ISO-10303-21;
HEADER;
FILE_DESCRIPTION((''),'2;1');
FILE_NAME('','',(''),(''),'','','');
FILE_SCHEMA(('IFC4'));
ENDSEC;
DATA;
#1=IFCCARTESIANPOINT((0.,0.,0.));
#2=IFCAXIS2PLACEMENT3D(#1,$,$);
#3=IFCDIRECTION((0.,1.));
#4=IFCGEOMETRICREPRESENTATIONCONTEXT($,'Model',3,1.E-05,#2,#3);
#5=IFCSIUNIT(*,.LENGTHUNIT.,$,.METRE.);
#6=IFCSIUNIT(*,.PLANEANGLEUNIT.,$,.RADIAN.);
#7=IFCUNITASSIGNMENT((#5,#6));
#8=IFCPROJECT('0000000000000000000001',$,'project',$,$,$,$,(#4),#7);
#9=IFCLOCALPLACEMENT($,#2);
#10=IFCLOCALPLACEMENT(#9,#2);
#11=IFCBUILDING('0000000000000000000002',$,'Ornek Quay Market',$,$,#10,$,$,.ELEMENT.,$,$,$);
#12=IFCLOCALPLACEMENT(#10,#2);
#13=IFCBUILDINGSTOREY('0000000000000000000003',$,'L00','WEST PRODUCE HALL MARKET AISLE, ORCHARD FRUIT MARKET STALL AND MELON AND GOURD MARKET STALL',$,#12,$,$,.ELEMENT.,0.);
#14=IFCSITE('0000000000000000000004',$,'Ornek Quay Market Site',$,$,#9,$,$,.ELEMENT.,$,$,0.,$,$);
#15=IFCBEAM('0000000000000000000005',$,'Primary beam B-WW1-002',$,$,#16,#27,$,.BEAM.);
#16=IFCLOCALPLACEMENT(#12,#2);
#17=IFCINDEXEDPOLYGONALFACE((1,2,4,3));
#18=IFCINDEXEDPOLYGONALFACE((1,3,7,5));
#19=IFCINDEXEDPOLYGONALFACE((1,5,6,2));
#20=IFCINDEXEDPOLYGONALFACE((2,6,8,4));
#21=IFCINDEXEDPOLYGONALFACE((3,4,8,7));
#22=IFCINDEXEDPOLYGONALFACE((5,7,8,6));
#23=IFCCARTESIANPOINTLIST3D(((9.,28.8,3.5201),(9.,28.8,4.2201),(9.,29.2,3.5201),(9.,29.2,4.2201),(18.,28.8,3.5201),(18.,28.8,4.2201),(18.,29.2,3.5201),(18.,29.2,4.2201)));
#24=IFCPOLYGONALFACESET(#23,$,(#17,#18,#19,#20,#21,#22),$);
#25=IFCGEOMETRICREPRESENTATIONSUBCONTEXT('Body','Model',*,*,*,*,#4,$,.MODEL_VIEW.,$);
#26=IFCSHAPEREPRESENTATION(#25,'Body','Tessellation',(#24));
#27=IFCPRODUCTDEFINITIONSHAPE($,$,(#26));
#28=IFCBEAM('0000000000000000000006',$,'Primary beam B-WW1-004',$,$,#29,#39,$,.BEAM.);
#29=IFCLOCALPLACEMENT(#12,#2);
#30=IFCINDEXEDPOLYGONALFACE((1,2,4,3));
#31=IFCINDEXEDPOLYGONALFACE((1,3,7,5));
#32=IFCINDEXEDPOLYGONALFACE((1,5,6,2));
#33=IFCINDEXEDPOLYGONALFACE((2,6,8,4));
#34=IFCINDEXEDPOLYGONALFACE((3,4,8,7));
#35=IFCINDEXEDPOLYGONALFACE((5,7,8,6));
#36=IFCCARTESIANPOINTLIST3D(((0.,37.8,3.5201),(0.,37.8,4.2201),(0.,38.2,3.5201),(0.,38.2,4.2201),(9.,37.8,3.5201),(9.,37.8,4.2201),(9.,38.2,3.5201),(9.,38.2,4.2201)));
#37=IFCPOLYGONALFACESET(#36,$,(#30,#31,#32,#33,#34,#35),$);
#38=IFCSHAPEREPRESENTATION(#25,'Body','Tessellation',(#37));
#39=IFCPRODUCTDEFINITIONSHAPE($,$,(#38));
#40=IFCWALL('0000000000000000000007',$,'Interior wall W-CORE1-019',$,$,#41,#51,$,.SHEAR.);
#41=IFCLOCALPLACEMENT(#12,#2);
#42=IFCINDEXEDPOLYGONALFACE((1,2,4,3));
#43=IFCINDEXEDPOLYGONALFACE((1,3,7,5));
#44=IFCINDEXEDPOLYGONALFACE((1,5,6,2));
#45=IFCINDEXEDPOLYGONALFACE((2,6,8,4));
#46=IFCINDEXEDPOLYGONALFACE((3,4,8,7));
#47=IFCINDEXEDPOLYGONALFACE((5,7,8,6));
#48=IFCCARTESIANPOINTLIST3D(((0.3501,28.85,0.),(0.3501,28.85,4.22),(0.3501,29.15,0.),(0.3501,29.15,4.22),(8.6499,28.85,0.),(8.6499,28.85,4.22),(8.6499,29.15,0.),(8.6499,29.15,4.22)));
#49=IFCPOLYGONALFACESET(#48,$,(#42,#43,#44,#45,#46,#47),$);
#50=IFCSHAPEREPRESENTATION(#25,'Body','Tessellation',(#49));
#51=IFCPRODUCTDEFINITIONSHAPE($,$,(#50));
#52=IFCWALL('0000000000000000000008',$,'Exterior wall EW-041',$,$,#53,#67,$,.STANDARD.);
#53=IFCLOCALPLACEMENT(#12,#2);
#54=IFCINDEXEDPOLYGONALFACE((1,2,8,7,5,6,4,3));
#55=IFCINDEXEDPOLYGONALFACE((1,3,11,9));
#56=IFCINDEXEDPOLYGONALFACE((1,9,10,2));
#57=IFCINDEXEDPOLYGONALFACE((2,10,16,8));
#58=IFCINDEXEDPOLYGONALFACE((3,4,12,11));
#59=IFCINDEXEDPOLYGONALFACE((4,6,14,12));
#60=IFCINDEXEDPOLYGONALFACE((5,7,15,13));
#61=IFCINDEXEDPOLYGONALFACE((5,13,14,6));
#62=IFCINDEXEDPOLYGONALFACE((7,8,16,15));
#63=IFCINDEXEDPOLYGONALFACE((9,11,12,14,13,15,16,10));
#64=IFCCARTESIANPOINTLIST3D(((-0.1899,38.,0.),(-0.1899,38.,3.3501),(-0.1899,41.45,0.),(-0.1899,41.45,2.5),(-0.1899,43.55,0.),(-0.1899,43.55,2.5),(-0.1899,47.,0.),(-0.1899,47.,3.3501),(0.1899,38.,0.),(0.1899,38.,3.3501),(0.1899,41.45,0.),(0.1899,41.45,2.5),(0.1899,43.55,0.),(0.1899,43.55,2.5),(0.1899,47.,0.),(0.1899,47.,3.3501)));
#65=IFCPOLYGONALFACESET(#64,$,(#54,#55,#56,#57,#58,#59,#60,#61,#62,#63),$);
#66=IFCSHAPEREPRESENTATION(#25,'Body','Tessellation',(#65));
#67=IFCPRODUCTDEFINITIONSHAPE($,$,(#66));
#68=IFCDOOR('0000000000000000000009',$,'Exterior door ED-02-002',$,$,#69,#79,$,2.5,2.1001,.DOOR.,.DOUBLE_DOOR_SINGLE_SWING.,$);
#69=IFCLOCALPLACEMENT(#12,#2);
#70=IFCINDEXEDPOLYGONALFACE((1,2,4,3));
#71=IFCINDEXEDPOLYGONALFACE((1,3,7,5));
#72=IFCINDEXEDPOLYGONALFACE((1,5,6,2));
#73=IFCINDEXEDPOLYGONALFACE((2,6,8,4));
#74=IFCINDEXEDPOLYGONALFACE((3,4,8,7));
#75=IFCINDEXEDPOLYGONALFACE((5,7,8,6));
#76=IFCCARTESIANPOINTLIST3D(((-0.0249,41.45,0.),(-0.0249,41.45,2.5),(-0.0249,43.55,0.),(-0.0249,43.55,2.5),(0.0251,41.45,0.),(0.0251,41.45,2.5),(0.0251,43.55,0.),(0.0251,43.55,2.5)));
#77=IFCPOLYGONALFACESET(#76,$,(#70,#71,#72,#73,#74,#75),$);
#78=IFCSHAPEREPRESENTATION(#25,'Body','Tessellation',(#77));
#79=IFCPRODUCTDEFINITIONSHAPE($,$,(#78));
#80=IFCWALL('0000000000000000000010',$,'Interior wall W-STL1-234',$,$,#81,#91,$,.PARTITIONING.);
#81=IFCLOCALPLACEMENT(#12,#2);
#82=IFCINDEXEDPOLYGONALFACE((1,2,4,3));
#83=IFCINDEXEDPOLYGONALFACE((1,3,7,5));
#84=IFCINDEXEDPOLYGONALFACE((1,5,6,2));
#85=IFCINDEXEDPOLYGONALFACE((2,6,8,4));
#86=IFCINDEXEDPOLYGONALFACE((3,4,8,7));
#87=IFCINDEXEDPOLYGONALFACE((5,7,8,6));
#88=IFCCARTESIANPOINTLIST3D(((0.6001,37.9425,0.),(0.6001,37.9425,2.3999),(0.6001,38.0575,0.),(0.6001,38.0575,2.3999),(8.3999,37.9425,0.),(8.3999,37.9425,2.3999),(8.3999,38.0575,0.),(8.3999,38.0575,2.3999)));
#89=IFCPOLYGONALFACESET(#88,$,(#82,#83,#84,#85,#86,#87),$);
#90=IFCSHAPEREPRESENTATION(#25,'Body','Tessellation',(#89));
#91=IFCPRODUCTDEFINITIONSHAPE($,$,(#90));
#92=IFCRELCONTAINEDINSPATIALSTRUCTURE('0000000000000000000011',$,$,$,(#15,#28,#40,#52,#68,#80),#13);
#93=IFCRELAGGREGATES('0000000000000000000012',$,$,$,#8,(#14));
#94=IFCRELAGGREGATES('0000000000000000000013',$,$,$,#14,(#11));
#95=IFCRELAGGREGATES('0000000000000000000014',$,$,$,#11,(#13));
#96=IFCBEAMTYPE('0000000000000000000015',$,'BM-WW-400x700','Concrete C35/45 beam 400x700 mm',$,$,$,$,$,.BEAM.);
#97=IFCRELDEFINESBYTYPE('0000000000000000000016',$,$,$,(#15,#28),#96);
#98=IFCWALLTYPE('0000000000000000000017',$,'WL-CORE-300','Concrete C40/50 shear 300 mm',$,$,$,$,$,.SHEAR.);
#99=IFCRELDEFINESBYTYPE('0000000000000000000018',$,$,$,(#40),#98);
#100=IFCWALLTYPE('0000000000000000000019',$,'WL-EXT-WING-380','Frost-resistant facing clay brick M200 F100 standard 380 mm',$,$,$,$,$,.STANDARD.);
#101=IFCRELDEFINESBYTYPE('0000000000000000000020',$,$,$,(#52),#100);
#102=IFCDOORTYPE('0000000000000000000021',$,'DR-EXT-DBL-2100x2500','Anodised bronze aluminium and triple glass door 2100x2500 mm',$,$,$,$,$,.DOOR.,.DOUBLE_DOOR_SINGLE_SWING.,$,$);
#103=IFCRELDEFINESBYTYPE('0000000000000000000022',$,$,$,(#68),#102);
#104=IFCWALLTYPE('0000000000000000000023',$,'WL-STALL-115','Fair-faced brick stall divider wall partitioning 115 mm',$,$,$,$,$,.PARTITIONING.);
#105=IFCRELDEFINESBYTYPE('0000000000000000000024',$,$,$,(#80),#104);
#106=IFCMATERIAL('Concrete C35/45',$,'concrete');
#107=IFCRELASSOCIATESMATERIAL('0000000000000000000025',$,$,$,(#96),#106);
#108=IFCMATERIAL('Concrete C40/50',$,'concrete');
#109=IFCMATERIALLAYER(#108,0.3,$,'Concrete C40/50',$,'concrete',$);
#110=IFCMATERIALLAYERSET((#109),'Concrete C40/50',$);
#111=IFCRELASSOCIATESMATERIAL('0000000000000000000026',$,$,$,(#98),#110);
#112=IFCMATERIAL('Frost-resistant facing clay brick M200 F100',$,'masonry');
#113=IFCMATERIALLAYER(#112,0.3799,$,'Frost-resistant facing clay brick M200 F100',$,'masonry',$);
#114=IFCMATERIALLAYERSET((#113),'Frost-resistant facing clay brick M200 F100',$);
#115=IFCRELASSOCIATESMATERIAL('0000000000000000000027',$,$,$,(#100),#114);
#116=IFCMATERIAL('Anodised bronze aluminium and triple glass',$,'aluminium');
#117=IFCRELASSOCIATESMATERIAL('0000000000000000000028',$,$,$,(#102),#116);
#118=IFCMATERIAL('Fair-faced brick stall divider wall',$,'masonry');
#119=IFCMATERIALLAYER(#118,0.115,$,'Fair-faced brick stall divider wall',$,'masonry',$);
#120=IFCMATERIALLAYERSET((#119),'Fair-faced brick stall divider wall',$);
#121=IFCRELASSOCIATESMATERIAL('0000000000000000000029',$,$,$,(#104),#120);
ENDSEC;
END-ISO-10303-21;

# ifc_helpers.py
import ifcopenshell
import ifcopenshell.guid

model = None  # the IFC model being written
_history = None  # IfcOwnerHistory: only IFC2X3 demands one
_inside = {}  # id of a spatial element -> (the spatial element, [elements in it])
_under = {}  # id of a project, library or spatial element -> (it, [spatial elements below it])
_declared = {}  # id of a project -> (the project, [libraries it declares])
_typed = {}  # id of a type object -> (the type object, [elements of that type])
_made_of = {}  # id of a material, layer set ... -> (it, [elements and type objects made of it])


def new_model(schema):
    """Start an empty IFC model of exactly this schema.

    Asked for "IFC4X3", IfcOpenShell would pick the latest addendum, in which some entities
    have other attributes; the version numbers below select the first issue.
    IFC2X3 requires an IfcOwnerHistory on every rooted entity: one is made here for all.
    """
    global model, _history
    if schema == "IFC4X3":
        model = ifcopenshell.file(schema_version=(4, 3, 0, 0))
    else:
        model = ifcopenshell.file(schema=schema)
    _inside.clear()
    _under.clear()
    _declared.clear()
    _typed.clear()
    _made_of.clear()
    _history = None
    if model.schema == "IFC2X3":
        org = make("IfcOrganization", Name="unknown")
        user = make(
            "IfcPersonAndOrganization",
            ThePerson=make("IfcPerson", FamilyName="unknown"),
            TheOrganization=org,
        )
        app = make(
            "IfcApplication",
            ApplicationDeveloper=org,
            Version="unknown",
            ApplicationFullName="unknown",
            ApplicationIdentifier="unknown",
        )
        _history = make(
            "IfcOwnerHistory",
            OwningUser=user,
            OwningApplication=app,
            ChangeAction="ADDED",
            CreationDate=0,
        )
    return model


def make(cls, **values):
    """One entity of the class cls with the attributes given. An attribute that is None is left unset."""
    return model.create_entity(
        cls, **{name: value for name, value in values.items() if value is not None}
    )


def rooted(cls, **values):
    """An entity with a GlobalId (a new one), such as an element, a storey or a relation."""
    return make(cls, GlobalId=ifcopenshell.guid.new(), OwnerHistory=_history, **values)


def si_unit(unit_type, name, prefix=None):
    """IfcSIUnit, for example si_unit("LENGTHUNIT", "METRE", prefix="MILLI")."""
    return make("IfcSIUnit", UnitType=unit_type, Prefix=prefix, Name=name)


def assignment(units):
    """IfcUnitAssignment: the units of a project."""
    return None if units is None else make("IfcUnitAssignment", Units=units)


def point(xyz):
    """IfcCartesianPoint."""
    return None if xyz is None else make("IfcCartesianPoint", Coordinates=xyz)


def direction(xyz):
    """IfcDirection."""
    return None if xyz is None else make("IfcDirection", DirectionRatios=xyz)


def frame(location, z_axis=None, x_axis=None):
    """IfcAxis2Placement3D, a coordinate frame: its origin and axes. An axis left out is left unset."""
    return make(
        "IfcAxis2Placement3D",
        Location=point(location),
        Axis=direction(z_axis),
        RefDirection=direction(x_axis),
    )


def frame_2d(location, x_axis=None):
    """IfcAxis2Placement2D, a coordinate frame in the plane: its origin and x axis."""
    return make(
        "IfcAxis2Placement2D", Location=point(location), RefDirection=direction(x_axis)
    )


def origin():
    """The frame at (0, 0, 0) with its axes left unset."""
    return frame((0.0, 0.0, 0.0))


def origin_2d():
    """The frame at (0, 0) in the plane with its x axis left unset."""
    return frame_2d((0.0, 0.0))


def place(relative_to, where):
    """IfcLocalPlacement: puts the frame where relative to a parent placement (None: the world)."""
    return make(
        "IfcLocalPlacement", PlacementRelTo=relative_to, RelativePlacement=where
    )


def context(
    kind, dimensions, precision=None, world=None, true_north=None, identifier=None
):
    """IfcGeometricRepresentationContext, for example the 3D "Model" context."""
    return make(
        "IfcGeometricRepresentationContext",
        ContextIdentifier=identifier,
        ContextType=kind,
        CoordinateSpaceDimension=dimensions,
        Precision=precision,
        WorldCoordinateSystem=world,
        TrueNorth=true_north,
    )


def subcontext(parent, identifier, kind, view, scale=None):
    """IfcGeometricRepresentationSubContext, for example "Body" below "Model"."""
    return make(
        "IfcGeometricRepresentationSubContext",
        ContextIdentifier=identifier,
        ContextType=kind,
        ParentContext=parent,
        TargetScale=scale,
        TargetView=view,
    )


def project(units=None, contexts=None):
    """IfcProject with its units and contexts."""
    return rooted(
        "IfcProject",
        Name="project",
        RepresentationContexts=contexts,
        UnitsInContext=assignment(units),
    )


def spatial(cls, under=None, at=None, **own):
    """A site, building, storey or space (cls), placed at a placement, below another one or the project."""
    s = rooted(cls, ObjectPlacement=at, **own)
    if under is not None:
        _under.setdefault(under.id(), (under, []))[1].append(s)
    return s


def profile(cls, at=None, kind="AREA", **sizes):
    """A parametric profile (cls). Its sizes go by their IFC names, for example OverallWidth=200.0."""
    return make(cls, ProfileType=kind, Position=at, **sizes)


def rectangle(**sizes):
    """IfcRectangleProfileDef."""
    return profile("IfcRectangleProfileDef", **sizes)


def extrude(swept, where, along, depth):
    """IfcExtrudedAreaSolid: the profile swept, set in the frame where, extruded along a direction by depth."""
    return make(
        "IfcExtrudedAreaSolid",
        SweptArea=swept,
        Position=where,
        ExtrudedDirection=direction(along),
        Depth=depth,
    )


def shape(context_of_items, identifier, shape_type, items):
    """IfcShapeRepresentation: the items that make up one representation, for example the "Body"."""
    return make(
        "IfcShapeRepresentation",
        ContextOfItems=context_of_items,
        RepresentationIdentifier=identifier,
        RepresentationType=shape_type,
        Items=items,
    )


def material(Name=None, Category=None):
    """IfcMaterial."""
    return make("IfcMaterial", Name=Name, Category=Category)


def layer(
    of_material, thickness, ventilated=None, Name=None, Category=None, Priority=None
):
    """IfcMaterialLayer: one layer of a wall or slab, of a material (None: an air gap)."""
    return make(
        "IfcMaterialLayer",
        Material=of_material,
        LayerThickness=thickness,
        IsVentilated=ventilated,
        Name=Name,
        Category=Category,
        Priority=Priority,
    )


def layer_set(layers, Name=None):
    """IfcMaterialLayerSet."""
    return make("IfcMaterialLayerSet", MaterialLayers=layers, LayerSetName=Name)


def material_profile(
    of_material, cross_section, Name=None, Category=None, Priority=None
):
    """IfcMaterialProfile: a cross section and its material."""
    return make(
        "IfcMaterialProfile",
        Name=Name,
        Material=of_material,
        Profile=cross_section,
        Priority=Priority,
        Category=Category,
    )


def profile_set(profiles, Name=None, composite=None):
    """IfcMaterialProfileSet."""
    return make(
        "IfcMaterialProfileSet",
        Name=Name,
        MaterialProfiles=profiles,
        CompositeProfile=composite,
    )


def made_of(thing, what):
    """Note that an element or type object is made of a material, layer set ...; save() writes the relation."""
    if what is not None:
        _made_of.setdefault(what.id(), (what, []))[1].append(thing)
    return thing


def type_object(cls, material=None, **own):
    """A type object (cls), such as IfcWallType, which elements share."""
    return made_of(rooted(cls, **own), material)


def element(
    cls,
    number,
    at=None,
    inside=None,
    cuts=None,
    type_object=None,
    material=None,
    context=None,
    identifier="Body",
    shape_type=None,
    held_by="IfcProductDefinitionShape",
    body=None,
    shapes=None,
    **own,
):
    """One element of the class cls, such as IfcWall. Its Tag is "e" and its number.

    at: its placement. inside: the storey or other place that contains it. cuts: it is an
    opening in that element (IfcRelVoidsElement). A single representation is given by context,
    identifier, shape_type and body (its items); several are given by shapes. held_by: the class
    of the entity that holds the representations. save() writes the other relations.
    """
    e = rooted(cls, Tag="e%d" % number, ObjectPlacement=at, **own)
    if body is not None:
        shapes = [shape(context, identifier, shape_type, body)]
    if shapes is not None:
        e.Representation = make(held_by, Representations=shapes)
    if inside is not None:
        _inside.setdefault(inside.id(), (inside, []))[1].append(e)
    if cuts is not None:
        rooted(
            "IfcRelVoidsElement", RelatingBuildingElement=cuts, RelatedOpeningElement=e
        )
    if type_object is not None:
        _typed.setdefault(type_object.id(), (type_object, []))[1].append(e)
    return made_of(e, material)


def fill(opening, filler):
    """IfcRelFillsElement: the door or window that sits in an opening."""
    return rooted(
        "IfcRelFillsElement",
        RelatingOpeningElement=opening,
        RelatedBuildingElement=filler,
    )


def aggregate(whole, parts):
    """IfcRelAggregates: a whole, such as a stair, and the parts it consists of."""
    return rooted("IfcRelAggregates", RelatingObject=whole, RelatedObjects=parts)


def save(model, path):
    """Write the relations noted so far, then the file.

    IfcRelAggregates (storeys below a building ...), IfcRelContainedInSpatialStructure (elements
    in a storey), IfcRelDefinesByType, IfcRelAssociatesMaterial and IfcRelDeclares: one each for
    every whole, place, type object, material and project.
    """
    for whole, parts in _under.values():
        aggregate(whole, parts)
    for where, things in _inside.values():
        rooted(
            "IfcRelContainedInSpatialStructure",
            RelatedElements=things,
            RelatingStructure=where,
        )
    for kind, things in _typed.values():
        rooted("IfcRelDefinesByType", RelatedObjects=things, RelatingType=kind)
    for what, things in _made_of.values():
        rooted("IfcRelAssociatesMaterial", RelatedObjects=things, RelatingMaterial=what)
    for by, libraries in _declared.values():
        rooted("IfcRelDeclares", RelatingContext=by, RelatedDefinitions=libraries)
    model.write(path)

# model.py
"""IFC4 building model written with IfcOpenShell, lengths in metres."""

from ifc_helpers import new_model, si_unit, direction, frame, frame_2d, origin, origin_2d, place, context, subcontext, project, spatial, rectangle, extrude, material, layer, layer_set, material_profile, profile_set, type_object, element, fill, save


model = new_model("IFC4")

# Units and contexts
model_context = context("Model", 3, precision=1e-05, world=origin(), true_north=direction((0.0, 1.0)))
body_context = subcontext(model_context, "Body", "Model", "MODEL_VIEW")
ifc_project = project(units=[si_unit("LENGTHUNIT", "METRE"), si_unit("PLANEANGLEUNIT", "RADIAN")], contexts=[model_context])

# Site, building, storey
site_placement = place(None, origin())
site = spatial("IfcSite", under=ifc_project, at=site_placement, Name="Ornek Quay Market Site", CompositionType="ELEMENT", RefElevation=0.0)
building_placement = place(site_placement, origin())
building = spatial("IfcBuilding", under=site, at=building_placement, Name="Ornek Quay Market", CompositionType="ELEMENT")
storey_placement = place(building_placement, origin())
storey = spatial("IfcBuildingStorey", under=building, at=storey_placement, Name="L00", Description="WEST PRODUCE HALL MARKET AISLE, ORCHARD FRUIT MARKET STALL AND MELON AND GOURD MARKET STALL", CompositionType="ELEMENT", Elevation=0.0)

# Shared definitions
ifc_material_1 = material(Name="Concrete C35/45", Category="concrete")

# Shared definitions
ifc_material_2 = material(Name="Concrete C40/50", Category="concrete")

# Beams
ifc_material_profile_1 = material_profile(ifc_material_1, rectangle(XDim=0.3999, YDim=0.7, at=origin_2d()), Name="RC 400x700", Category="concrete")
ifc_profile_set_1 = profile_set([ifc_material_profile_1], Name="Concrete C35/45")
beam_type_1 = type_object("IfcBeamType", Name="BM-WW-400x700", Description="Concrete C35/45 beam 400x700 mm", PredefinedType="BEAM", material=ifc_profile_set_1)
for number, where, z_axis, x_axis, name in (
    (1, (9.0, 29.0, 3.8701), (1.0, 0.0, 0.0), (0.0, 1.0, 0.0), "Primary beam B-WW1-002"),
    (2, (0.0, 38.0, 3.8701), (1.0, 0.0, 0.0), (0.0, 1.0, 0.0), "Primary beam B-WW1-004"),
):
    element("IfcBeam", number, at=place(storey_placement, frame(where, z_axis=z_axis, x_axis=x_axis)), inside=storey, type_object=beam_type_1, Name=name, PredefinedType="BEAM", context=body_context, shape_type="SweptSolid", body=[
        extrude(rectangle(XDim=0.3999, YDim=0.7, at=origin_2d()), origin(), (0.0, 0.0, 1.0), 9.0),
    ])

# Wall
ifc_layer_1 = layer(ifc_material_2, 0.3, Name="Concrete C40/50", Category="concrete")
ifc_layer_set_1 = layer_set([ifc_layer_1], Name="Concrete C40/50")
wall_type_1 = type_object("IfcWallType", Name="WL-CORE-300", Description="Concrete C40/50 shear 300 mm", PredefinedType="SHEAR", material=ifc_layer_set_1)
wall_1_placement = place(storey_placement, frame((0.3501, 29.0, 0.0), z_axis=(0.0, 0.0, 1.0), x_axis=(1.0, 0.0, 0.0)))
element("IfcWall", 3, at=wall_1_placement, inside=storey, type_object=wall_type_1, Name="Interior wall W-CORE1-019", PredefinedType="SHEAR", context=body_context, shape_type="SweptSolid", body=[
    extrude(rectangle(XDim=8.2998, YDim=0.3, at=frame_2d((4.1499, 0.0))), origin(), (0.0, 0.0, 1.0), 4.22),
])

# Wall, opening, door
ifc_material_3 = material(Name="Frost-resistant facing clay brick M200 F100", Category="masonry")
ifc_layer_2 = layer(ifc_material_3, 0.3799, Name="Frost-resistant facing clay brick M200 F100", Category="masonry")
ifc_layer_set_2 = layer_set([ifc_layer_2], Name="Frost-resistant facing clay brick M200 F100")
wall_type_2 = type_object("IfcWallType", Name="WL-EXT-WING-380", Description="Frost-resistant facing clay brick M200 F100 standard 380 mm", PredefinedType="STANDARD", material=ifc_layer_set_2)
wall_2_placement = place(storey_placement, frame((0.0, 38.0, 0.0), z_axis=(0.0, 0.0, 1.0), x_axis=(0.0, 1.0, 0.0)))
wall_2 = element("IfcWall", 4, at=wall_2_placement, inside=storey, type_object=wall_type_2, Name="Exterior wall EW-041", PredefinedType="STANDARD", context=body_context, shape_type="SweptSolid", body=[
    extrude(rectangle(XDim=9.0, YDim=0.3799, at=frame_2d((4.5, 0.0))), origin(), (0.0, 0.0, 1.0), 3.3501),
])
opening_placement = place(wall_2_placement, frame((3.45, 0.0, 0.0)))
opening = element("IfcOpeningElement", 5, at=opening_placement, cuts=wall_2, PredefinedType="OPENING", context=body_context, shape_type="SweptSolid", body=[
    extrude(rectangle(XDim=2.1001, YDim=2.5, at=frame_2d((1.05, 1.25))), frame((0.0, 0.2, 0.0), z_axis=(0.0, -1.0, 0.0), x_axis=(1.0, 0.0, 0.0)), (0.0, 0.0, 1.0), 0.3999),
])
ifc_material_4 = material(Name="Anodised bronze aluminium and triple glass", Category="aluminium")
door_type = type_object("IfcDoorType", Name="DR-EXT-DBL-2100x2500", Description="Anodised bronze aluminium and triple glass door 2100x2500 mm", OperationType="DOUBLE_DOOR_SINGLE_SWING", PredefinedType="DOOR", material=ifc_material_4)
door_placement = place(opening_placement, origin())
door = element("IfcDoor", 6, at=door_placement, inside=storey, type_object=door_type, Name="Exterior door ED-02-002", OperationType="DOUBLE_DOOR_SINGLE_SWING", OverallHeight=2.5, OverallWidth=2.1001, PredefinedType="DOOR", context=body_context, shape_type="SweptSolid", body=[
    extrude(rectangle(XDim=2.1001, YDim=2.5, at=frame_2d((1.05, 1.25))), frame((0.0, 0.0249, 0.0), z_axis=(0.0, -1.0, 0.0), x_axis=(1.0, 0.0, 0.0)), (0.0, 0.0, 1.0), 0.05),
])
fill(opening, door)

# Wall
ifc_material_5 = material(Name="Fair-faced brick stall divider wall", Category="masonry")
ifc_layer_3 = layer(ifc_material_5, 0.115, Name="Fair-faced brick stall divider wall", Category="masonry")
ifc_layer_set_3 = layer_set([ifc_layer_3], Name="Fair-faced brick stall divider wall")
wall_type_3 = type_object("IfcWallType", Name="WL-STALL-115", Description="Fair-faced brick stall divider wall partitioning 115 mm", PredefinedType="PARTITIONING", material=ifc_layer_set_3)
wall_3_placement = place(storey_placement, frame((0.6001, 38.0, 0.0), z_axis=(0.0, 0.0, 1.0), x_axis=(1.0, 0.0, 0.0)))
element("IfcWall", 7, at=wall_3_placement, inside=storey, type_object=wall_type_3, Name="Interior wall W-STL1-234", PredefinedType="PARTITIONING", context=body_context, shape_type="SweptSolid", body=[
    extrude(rectangle(XDim=7.7998, YDim=0.115, at=frame_2d((3.8999, 0.0))), origin(), (0.0, 0.0, 1.0), 2.3999),
])

save(model, "model.ifc")
